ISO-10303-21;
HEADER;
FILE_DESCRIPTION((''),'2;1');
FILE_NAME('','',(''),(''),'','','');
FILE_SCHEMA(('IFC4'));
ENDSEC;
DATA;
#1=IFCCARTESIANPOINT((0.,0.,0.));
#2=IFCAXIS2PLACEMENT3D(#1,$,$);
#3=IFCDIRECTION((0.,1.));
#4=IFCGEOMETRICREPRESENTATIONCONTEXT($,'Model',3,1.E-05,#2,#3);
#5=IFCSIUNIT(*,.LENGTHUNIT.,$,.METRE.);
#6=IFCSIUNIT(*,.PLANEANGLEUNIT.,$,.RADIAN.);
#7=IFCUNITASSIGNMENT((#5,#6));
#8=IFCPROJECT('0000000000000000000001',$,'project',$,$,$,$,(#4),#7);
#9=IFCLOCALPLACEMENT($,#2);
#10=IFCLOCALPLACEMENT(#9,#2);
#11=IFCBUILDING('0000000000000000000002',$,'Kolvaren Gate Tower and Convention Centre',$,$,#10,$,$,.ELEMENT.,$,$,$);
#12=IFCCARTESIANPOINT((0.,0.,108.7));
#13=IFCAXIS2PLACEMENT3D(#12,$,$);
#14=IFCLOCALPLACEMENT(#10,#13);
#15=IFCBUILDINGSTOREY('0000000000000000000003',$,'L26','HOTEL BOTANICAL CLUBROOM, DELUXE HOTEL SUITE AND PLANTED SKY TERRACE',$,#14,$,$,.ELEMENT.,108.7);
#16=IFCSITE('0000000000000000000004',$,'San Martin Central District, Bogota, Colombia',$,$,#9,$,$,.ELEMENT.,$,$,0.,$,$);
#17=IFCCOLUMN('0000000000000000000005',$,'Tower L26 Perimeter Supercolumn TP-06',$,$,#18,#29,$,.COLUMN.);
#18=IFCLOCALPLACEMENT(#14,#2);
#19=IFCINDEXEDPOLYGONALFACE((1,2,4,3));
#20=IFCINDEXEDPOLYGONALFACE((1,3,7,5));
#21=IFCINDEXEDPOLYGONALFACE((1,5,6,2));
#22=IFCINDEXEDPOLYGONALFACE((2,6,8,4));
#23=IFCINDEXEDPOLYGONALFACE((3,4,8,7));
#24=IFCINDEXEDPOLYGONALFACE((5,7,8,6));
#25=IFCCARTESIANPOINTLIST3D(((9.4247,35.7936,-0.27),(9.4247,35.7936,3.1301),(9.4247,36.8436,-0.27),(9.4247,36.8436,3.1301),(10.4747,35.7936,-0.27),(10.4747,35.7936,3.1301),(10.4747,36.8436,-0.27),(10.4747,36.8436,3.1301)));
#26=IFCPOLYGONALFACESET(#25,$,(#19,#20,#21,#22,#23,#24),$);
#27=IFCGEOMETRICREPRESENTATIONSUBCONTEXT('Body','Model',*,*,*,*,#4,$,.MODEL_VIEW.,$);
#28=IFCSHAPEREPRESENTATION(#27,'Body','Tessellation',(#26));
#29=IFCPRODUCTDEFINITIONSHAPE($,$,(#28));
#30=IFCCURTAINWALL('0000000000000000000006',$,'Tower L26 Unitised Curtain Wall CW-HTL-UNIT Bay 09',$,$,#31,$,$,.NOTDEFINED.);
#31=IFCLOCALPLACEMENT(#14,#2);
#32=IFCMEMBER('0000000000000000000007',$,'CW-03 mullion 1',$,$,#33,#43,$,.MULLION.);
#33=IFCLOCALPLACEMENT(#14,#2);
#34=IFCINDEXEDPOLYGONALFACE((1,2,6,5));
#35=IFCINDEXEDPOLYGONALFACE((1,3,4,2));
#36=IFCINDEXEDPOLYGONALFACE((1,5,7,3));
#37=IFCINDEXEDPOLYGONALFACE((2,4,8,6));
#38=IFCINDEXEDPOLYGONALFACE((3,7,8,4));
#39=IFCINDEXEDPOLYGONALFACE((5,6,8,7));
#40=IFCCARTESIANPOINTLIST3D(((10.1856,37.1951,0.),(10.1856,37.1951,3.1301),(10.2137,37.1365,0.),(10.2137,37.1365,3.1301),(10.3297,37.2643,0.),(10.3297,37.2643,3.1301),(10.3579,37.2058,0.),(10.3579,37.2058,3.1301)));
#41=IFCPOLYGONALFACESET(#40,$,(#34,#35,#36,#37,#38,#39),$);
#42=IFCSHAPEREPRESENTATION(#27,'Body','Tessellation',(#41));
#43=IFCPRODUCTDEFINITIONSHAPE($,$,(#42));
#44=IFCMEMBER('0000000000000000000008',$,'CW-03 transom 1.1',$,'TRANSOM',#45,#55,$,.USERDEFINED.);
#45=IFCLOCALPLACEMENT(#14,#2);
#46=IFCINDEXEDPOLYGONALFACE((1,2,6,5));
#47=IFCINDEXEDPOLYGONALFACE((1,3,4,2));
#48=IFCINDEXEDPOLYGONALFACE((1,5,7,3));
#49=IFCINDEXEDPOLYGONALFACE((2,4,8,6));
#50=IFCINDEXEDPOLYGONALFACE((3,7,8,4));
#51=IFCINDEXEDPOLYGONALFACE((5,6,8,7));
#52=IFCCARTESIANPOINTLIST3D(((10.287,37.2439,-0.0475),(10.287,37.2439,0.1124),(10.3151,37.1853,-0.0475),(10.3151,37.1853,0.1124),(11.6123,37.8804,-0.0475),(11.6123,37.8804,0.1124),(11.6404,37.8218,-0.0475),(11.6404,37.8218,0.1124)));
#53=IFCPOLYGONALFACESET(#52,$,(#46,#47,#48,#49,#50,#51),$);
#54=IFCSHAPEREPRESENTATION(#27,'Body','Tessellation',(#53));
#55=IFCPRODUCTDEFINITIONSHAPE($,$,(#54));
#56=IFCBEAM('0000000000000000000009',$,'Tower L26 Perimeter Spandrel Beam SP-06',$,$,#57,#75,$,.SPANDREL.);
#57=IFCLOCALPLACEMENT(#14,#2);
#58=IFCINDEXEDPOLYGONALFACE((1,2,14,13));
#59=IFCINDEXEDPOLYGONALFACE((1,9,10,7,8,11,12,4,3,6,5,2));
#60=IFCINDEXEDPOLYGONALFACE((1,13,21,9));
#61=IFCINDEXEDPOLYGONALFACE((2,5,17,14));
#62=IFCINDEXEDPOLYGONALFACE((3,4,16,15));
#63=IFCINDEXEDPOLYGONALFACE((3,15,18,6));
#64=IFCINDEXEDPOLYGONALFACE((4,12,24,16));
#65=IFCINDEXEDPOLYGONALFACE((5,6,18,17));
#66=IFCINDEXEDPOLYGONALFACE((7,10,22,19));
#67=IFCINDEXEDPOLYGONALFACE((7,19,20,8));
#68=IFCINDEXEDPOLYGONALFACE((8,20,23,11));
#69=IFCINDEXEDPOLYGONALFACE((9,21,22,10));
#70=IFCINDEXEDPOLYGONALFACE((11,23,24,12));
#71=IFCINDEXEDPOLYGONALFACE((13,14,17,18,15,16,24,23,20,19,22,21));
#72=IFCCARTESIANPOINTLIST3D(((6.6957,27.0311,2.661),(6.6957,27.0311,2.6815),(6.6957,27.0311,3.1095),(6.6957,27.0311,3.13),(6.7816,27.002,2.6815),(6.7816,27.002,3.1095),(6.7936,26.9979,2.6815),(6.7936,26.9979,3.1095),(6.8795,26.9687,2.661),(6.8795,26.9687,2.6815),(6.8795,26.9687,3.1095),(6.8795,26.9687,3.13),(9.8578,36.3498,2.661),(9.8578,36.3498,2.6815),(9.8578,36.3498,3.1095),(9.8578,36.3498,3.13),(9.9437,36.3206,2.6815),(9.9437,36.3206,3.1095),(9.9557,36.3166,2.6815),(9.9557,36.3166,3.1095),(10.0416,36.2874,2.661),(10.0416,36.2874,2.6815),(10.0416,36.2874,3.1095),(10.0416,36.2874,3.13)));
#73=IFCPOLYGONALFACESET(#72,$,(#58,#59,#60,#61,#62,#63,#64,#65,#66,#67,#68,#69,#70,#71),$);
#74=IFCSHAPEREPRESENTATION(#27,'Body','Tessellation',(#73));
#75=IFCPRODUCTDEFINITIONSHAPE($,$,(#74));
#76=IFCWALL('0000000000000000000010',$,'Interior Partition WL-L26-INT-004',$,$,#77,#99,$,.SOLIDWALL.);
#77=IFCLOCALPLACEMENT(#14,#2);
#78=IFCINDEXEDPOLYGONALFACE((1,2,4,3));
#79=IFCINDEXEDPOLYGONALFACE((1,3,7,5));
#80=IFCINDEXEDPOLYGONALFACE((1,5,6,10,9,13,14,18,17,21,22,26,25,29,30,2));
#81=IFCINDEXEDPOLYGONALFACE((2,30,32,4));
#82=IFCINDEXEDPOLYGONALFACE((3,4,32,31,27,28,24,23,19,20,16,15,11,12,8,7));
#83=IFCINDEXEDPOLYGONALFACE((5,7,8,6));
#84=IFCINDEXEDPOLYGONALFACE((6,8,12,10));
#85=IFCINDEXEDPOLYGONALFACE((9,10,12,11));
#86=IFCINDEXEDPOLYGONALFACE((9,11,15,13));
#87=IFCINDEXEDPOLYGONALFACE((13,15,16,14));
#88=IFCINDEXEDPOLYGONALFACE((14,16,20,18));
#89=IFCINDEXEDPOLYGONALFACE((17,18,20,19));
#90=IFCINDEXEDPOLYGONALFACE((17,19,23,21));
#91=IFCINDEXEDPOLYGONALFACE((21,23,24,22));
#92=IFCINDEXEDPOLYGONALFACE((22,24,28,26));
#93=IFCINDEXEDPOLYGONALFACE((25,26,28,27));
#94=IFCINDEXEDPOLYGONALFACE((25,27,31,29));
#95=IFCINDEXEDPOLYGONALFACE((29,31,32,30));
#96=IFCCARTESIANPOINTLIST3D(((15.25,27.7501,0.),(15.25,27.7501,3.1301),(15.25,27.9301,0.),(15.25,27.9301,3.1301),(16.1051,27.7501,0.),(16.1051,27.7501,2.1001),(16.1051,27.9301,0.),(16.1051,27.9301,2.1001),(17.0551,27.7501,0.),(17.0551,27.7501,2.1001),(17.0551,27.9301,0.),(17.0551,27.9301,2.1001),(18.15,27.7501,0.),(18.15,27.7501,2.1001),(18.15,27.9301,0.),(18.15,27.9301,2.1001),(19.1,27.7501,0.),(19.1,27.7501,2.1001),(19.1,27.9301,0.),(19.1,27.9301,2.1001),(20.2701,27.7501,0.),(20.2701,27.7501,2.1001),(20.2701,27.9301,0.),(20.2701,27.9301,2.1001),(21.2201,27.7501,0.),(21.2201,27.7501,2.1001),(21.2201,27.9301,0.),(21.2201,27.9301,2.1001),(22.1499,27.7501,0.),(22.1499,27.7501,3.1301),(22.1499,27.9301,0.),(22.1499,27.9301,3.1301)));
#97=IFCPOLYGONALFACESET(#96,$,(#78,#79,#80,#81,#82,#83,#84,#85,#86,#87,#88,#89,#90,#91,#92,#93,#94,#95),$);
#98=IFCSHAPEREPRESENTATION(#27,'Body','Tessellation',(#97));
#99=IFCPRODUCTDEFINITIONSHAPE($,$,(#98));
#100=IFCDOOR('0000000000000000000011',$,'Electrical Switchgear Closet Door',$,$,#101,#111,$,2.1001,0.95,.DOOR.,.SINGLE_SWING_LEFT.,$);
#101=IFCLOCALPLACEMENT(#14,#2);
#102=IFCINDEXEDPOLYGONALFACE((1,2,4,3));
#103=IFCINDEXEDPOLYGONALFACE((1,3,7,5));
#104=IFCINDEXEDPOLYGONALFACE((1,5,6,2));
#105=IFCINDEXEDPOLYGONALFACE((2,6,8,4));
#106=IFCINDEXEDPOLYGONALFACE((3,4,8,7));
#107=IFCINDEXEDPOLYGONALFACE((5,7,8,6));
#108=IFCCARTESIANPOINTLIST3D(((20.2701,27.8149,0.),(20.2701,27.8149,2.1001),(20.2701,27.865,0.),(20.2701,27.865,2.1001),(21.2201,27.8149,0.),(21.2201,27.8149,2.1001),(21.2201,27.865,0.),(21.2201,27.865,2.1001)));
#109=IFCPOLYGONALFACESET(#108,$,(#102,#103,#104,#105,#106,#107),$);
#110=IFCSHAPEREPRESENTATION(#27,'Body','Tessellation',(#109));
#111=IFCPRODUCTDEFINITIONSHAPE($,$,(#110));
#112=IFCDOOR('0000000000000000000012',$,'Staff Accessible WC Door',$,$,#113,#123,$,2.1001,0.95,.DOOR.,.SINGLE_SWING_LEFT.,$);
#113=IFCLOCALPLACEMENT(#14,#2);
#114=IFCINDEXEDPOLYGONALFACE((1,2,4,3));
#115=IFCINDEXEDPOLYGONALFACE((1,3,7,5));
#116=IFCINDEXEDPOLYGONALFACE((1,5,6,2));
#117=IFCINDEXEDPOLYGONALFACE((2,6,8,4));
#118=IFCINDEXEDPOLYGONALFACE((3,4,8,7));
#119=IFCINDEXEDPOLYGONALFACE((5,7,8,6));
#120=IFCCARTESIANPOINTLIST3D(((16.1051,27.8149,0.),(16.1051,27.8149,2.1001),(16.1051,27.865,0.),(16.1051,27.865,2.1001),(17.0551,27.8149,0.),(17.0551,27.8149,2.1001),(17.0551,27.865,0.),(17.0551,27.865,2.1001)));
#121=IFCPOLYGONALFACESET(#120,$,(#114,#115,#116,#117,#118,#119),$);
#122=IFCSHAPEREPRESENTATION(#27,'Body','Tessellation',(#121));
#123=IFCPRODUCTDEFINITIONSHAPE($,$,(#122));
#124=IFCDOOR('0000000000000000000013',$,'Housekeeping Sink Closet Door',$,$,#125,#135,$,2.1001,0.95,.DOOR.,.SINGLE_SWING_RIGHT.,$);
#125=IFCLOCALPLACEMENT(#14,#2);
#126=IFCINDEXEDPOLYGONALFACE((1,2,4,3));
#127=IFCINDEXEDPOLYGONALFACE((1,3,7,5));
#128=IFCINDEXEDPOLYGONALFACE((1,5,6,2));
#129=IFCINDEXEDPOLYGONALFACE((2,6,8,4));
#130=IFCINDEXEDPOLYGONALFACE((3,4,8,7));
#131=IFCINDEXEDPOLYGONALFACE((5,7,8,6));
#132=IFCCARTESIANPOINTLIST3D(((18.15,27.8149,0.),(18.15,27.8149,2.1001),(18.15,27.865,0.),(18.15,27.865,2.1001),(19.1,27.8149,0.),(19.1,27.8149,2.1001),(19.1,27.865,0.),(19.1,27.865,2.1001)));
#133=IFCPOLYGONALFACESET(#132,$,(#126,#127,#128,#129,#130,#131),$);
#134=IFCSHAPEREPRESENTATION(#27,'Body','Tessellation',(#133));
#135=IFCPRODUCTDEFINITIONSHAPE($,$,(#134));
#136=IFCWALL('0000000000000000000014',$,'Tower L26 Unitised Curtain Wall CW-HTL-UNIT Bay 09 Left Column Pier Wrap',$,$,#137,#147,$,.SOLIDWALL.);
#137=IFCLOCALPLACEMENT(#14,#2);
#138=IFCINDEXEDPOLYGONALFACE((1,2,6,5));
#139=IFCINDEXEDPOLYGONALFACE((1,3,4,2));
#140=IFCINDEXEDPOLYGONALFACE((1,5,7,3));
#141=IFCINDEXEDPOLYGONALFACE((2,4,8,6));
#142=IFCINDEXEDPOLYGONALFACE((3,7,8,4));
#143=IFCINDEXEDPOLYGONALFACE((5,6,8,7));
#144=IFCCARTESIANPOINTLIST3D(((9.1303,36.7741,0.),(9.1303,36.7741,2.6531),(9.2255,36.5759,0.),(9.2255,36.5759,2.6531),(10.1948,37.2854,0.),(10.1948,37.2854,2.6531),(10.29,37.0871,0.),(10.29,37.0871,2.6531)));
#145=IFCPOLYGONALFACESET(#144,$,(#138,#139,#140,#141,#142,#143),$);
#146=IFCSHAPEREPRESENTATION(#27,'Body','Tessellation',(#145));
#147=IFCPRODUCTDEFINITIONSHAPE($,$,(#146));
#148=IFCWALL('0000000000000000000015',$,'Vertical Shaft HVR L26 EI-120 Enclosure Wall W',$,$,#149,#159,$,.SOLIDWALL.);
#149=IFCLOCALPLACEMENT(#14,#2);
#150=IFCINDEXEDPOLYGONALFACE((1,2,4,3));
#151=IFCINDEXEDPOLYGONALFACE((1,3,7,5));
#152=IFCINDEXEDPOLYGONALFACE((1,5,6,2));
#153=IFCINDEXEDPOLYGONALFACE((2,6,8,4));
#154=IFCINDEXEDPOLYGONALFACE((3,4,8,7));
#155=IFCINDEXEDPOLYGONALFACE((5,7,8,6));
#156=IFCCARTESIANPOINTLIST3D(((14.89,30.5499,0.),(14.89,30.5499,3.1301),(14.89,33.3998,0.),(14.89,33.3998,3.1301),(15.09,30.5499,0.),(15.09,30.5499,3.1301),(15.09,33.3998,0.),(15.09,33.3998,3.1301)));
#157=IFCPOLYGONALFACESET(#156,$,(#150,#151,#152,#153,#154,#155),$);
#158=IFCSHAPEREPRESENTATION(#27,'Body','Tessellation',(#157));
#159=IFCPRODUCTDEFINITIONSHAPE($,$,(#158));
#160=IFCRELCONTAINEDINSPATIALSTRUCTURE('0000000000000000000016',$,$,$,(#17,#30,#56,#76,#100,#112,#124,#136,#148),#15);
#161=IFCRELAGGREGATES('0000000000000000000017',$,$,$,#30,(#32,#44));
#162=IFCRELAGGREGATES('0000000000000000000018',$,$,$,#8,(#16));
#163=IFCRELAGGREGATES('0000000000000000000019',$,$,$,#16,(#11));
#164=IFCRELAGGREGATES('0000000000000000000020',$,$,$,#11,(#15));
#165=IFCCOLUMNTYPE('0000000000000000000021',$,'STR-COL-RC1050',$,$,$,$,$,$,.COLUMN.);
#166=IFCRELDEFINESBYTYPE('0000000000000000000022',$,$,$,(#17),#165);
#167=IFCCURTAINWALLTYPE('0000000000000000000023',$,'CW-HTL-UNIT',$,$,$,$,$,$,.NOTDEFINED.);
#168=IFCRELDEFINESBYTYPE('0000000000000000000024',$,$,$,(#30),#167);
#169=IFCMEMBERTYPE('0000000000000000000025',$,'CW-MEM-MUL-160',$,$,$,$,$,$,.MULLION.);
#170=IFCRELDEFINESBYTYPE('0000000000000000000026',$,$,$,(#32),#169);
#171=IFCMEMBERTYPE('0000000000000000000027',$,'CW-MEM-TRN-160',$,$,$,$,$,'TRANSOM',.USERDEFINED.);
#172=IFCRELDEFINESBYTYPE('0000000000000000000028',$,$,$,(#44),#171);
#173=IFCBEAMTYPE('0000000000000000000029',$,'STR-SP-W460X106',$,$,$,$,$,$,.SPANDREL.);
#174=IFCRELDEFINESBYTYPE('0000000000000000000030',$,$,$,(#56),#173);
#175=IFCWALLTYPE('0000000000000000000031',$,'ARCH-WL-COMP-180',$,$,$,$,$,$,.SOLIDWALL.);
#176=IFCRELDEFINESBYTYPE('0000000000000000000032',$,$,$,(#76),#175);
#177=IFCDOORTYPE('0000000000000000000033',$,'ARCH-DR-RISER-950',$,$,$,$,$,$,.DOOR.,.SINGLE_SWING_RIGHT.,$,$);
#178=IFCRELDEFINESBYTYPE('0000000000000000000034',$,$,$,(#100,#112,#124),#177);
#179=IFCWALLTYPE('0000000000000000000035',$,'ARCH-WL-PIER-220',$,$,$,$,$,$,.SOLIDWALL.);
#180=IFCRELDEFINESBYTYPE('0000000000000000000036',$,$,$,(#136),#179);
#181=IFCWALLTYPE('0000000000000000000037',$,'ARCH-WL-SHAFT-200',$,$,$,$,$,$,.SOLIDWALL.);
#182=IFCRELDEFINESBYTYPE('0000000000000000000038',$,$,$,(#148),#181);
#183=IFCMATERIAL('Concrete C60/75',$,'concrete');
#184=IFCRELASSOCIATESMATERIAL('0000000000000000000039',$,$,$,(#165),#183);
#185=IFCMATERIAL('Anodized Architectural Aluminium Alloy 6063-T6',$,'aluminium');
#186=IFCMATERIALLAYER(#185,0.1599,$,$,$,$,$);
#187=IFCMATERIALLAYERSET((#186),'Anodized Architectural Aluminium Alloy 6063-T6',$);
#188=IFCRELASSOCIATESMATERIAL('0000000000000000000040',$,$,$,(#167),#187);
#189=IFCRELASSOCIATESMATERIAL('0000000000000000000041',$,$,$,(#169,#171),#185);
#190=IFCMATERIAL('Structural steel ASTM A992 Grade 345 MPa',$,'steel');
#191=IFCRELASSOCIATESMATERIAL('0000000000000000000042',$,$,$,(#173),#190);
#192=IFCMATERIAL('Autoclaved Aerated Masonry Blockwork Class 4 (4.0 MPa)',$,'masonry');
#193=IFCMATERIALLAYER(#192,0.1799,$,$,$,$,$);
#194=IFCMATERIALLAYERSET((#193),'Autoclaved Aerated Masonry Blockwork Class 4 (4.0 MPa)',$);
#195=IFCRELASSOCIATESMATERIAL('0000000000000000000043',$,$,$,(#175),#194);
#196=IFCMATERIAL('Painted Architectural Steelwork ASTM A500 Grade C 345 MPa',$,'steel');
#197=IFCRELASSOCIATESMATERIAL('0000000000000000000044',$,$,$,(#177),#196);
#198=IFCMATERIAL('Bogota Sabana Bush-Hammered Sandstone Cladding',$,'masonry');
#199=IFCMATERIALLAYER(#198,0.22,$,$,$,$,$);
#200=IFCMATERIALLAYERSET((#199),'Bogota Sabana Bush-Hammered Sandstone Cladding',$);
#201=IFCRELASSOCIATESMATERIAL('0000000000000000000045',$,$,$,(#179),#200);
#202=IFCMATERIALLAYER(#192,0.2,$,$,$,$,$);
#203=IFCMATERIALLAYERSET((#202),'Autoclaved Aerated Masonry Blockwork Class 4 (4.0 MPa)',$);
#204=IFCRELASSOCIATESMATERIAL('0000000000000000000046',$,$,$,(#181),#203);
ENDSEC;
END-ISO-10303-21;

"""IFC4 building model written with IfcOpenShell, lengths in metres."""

from ifc_helpers import new_model, si_unit, direction, frame, frame_2d, origin, origin_2d, place, context, subcontext, project, spatial, rectangle, i_section, extrude, material, layer, layer_set, material_profile, profile_set, type_object, element, fill, aggregate, save


model = new_model("IFC4")

# Units and contexts
model_context = context("Model", 3, precision=1e-05, world=origin(), true_north=direction((0.0, 1.0)))
body_context = subcontext(model_context, "Body", "Model", "MODEL_VIEW")
ifc_project = project(units=[si_unit("LENGTHUNIT", "METRE"), si_unit("PLANEANGLEUNIT", "RADIAN")], contexts=[model_context])

# Site, building, storey
site_placement = place(None, origin())
site = spatial("IfcSite", under=ifc_project, at=site_placement, Name="San Martin Central District, Bogota, Colombia", CompositionType="ELEMENT", RefElevation=0.0)
building_placement = place(site_placement, origin())
building = spatial("IfcBuilding", under=site, at=building_placement, Name="Kolvaren Gate Tower and Convention Centre", CompositionType="ELEMENT")
storey_placement = place(building_placement, frame((0.0, 0.0, 108.7)))
storey = spatial("IfcBuildingStorey", under=building, at=storey_placement, Name="L26", Description="HOTEL BOTANICAL CLUBROOM, DELUXE HOTEL SUITE AND PLANTED SKY TERRACE", CompositionType="ELEMENT", Elevation=108.7)

# Column
ifc_material_1 = material(Name="Concrete C60/75", Category="concrete")
ifc_material_profile_1 = material_profile(ifc_material_1, rectangle(XDim=1.05, YDim=1.05, at=origin_2d()), Name="RC-COL-1050X1050")
ifc_profile_set_1 = profile_set([ifc_material_profile_1], Name="Concrete C60/75")
column_type = type_object("IfcColumnType", Name="STR-COL-RC1050", PredefinedType="COLUMN", material=ifc_profile_set_1)
column_placement = place(storey_placement, frame((9.9497, 36.3186, -0.27), z_axis=(0.0, 0.0, 1.0), x_axis=(1.0, 0.0, 0.0)))
element("IfcColumn", 1, at=column_placement, inside=storey, type_object=column_type, Name="Tower L26 Perimeter Supercolumn TP-06", PredefinedType="COLUMN", context=body_context, shape_type="SweptSolid", body=[
    extrude(rectangle(XDim=1.05, YDim=1.05, at=origin_2d()), origin(), (0.0, 0.0, 1.0), 3.4001),
])

# Curtain wall, members
ifc_material_2 = material(Name="Anodized Architectural Aluminium Alloy 6063-T6", Category="aluminium")
ifc_layer_1 = layer(ifc_material_2, 0.1599)
ifc_layer_set_1 = layer_set([ifc_layer_1], Name="Anodized Architectural Aluminium Alloy 6063-T6")
curtain_wall_type = type_object("IfcCurtainWallType", Name="CW-HTL-UNIT", PredefinedType="NOTDEFINED", material=ifc_layer_set_1)
curtain_wall_placement = place(storey_placement, origin())
curtain_wall = element("IfcCurtainWall", 2, at=curtain_wall_placement, inside=storey, type_object=curtain_wall_type, Name="Tower L26 Unitised Curtain Wall CW-HTL-UNIT Bay 09", PredefinedType="NOTDEFINED")
ifc_material_profile_2 = material_profile(ifc_material_2, rectangle(XDim=0.0649, YDim=0.1599, at=origin_2d()), Name="CW-MEM-MUL-160")
ifc_profile_set_2 = profile_set([ifc_material_profile_2], Name="Anodized Architectural Aluminium Alloy 6063-T6")
member_type_1 = type_object("IfcMemberType", Name="CW-MEM-MUL-160", PredefinedType="MULLION", material=ifc_profile_set_2)
member_1_placement = place(storey_placement, frame((10.2717, 37.2004, 0.0), z_axis=(0.0, 0.0, 1.0), x_axis=(-0.433073, 0.901359, 0.0)))
member_1 = element("IfcMember", 3, at=member_1_placement, type_object=member_type_1, Name="CW-03 mullion 1", PredefinedType="MULLION", context=body_context, shape_type="SweptSolid", body=[
    extrude(rectangle(XDim=0.0649, YDim=0.1599, at=origin_2d()), origin(), (0.0, 0.0, 1.0), 3.1301),
])
ifc_material_profile_3 = material_profile(ifc_material_2, rectangle(XDim=0.0649, YDim=0.1599, at=origin_2d()), Name="CW-MEM-TRN-160")
ifc_profile_set_3 = profile_set([ifc_material_profile_3], Name="Anodized Architectural Aluminium Alloy 6063-T6")
member_type_2 = type_object("IfcMemberType", Name="CW-MEM-TRN-160", ElementType="TRANSOM", PredefinedType="USERDEFINED", material=ifc_profile_set_3)
member_2_placement = place(storey_placement, frame((10.301, 37.2146, 0.0325), z_axis=(0.901422, 0.432942, 0.0), x_axis=(-0.432942, 0.901422, 0.0)))
member_2 = element("IfcMember", 4, at=member_2_placement, type_object=member_type_2, Name="CW-03 transom 1.1", ObjectType="TRANSOM", PredefinedType="USERDEFINED", context=body_context, shape_type="SweptSolid", body=[
    extrude(rectangle(XDim=0.0649, YDim=0.1599, at=origin_2d()), origin(), (0.0, 0.0, 1.0), 1.4702),
])
aggregate(curtain_wall, [member_1, member_2])

# Beam
ifc_material_3 = material(Name="Structural steel ASTM A992 Grade 345 MPa", Category="steel")
ifc_material_profile_4 = material_profile(ifc_material_3, i_section(OverallWidth=0.1941, OverallDepth=0.469, WebThickness=0.0127, FlangeThickness=0.0205, at=origin_2d()), Name="W460X106")
ifc_profile_set_4 = profile_set([ifc_material_profile_4], Name="Structural steel ASTM A992 Grade 345 MPa")
beam_type = type_object("IfcBeamType", Name="STR-SP-W460X106", PredefinedType="SPANDREL", material=ifc_profile_set_4)
beam_placement = place(storey_placement, frame((9.9497, 36.3186, 2.8955), z_axis=(-0.321336, -0.946965, 0.0), x_axis=(0.946965, -0.321336, 0.0)))
element("IfcBeam", 5, at=beam_placement, inside=storey, type_object=beam_type, Name="Tower L26 Perimeter Spandrel Beam SP-06", PredefinedType="SPANDREL", context=body_context, shape_type="SweptSolid", body=[
    extrude(i_section(OverallWidth=0.1941, OverallDepth=0.469, WebThickness=0.0127, FlangeThickness=0.0205, at=origin_2d()), origin(), (0.0, 0.0, 1.0), 9.8406),
])

# Wall, openings, doors
ifc_material_4 = material(Name="Autoclaved Aerated Masonry Blockwork Class 4 (4.0 MPa)", Category="masonry")
ifc_layer_2 = layer(ifc_material_4, 0.1799)
ifc_layer_set_2 = layer_set([ifc_layer_2], Name="Autoclaved Aerated Masonry Blockwork Class 4 (4.0 MPa)")
wall_type_1 = type_object("IfcWallType", Name="ARCH-WL-COMP-180", PredefinedType="SOLIDWALL", material=ifc_layer_set_2)
wall_1_placement = place(storey_placement, frame((15.25, 27.8401, 0.0), z_axis=(0.0, 0.0, 1.0), x_axis=(1.0, 0.0, 0.0)))
wall_1 = element("IfcWall", 6, at=wall_1_placement, inside=storey, type_object=wall_type_1, Name="Interior Partition WL-L26-INT-004", PredefinedType="SOLIDWALL", context=body_context, shape_type="SweptSolid", body=[
    extrude(rectangle(XDim=6.8999, YDim=0.1799, at=frame_2d((3.45, 0.0))), origin(), (0.0, 0.0, 1.0), 3.1301),
])
opening_1_placement = place(wall_1_placement, frame((5.02, 0.0, 0.0)))
opening_1 = element("IfcOpeningElement", 7, at=opening_1_placement, cuts=wall_1, PredefinedType="OPENING", context=body_context, shape_type="SweptSolid", body=[
    extrude(rectangle(XDim=0.95, YDim=2.1001, at=frame_2d((0.4751, 1.05))), frame((0.0, 0.0999, 0.0), z_axis=(0.0, -1.0, 0.0), x_axis=(1.0, 0.0, 0.0)), (0.0, 0.0, 1.0), 0.2),
])
opening_2_placement = place(wall_1_placement, frame((0.855, 0.0, 0.0)))
opening_2 = element("IfcOpeningElement", 8, at=opening_2_placement, cuts=wall_1, PredefinedType="OPENING", context=body_context, shape_type="SweptSolid", body=[
    extrude(rectangle(XDim=0.95, YDim=2.1001, at=frame_2d((0.4751, 1.05))), frame((0.0, 0.0999, 0.0), z_axis=(0.0, -1.0, 0.0), x_axis=(1.0, 0.0, 0.0)), (0.0, 0.0, 1.0), 0.2),
])
opening_3_placement = place(wall_1_placement, frame((2.8999, 0.0, 0.0)))
opening_3 = element("IfcOpeningElement", 9, at=opening_3_placement, cuts=wall_1, PredefinedType="OPENING", context=body_context, shape_type="SweptSolid", body=[
    extrude(rectangle(XDim=0.95, YDim=2.1001, at=frame_2d((0.4751, 1.05))), frame((0.0, 0.0999, 0.0), z_axis=(0.0, -1.0, 0.0), x_axis=(1.0, 0.0, 0.0)), (0.0, 0.0, 1.0), 0.2),
])
ifc_material_5 = material(Name="Painted Architectural Steelwork ASTM A500 Grade C 345 MPa", Category="steel")
door_type = type_object("IfcDoorType", Name="ARCH-DR-RISER-950", OperationType="SINGLE_SWING_RIGHT", PredefinedType="DOOR", material=ifc_material_5)
door_1_placement = place(opening_1_placement, origin())
door_1 = element("IfcDoor", 10, at=door_1_placement, inside=storey, type_object=door_type, Name="Electrical Switchgear Closet Door", OperationType="SINGLE_SWING_LEFT", OverallHeight=2.1001, OverallWidth=0.95, PredefinedType="DOOR", context=body_context, shape_type="SweptSolid", body=[
    extrude(rectangle(XDim=0.95, YDim=2.1001, at=frame_2d((0.4751, 1.05))), frame((0.0, 0.0249, 0.0), z_axis=(0.0, -1.0, 0.0), x_axis=(1.0, 0.0, 0.0)), (0.0, 0.0, 1.0), 0.05),
])
fill(opening_1, door_1)
door_2_placement = place(opening_2_placement, origin())
door_2 = element("IfcDoor", 11, at=door_2_placement, inside=storey, type_object=door_type, Name="Staff Accessible WC Door", OperationType="SINGLE_SWING_LEFT", OverallHeight=2.1001, OverallWidth=0.95, PredefinedType="DOOR", context=body_context, shape_type="SweptSolid", body=[
    extrude(rectangle(XDim=0.95, YDim=2.1001, at=frame_2d((0.4751, 1.05))), frame((0.0, 0.0249, 0.0), z_axis=(0.0, -1.0, 0.0), x_axis=(1.0, 0.0, 0.0)), (0.0, 0.0, 1.0), 0.05),
])
fill(opening_2, door_2)
door_3_placement = place(opening_3_placement, origin())
door_3 = element("IfcDoor", 12, at=door_3_placement, inside=storey, type_object=door_type, Name="Housekeeping Sink Closet Door", OperationType="SINGLE_SWING_RIGHT", OverallHeight=2.1001, OverallWidth=0.95, PredefinedType="DOOR", context=body_context, shape_type="SweptSolid", body=[
    extrude(rectangle(XDim=0.95, YDim=2.1001, at=frame_2d((0.4751, 1.05))), frame((0.0, 0.0249, 0.0), z_axis=(0.0, -1.0, 0.0), x_axis=(1.0, 0.0, 0.0)), (0.0, 0.0, 1.0), 0.05),
])
fill(opening_3, door_3)

# Walls
ifc_material_6 = material(Name="Bogota Sabana Bush-Hammered Sandstone Cladding", Category="masonry")
ifc_layer_3 = layer(ifc_material_6, 0.22)
ifc_layer_set_3 = layer_set([ifc_layer_3], Name="Bogota Sabana Bush-Hammered Sandstone Cladding")
wall_type_2 = type_object("IfcWallType", Name="ARCH-WL-PIER-220", PredefinedType="SOLIDWALL", material=ifc_layer_set_3)
wall_2_placement = place(storey_placement, frame((9.178, 36.675, 0.0), z_axis=(0.0, 0.0, 1.0), x_axis=(0.901426, 0.432933, 0.0)))
element("IfcWall", 13, at=wall_2_placement, inside=storey, type_object=wall_type_2, Name="Tower L26 Unitised Curtain Wall CW-HTL-UNIT Bay 09 Left Column Pier Wrap", PredefinedType="SOLIDWALL", context=body_context, shape_type="SweptSolid", body=[
    extrude(rectangle(XDim=1.1809, YDim=0.22, at=frame_2d((0.5903, 0.0))), origin(), (0.0, 0.0, 1.0), 2.6531),
])
ifc_layer_4 = layer(ifc_material_4, 0.2)
ifc_layer_set_4 = layer_set([ifc_layer_4], Name="Autoclaved Aerated Masonry Blockwork Class 4 (4.0 MPa)")
wall_type_3 = type_object("IfcWallType", Name="ARCH-WL-SHAFT-200", PredefinedType="SOLIDWALL", material=ifc_layer_set_4)
wall_3_placement = place(storey_placement, frame((14.99, 30.55, 0.0), z_axis=(0.0, 0.0, 1.0), x_axis=(0.0, 1.0, 0.0)))
element("IfcWall", 14, at=wall_3_placement, inside=storey, type_object=wall_type_3, Name="Vertical Shaft HVR L26 EI-120 Enclosure Wall W", PredefinedType="SOLIDWALL", context=body_context, shape_type="SweptSolid", body=[
    extrude(rectangle(XDim=2.8499, YDim=0.2, at=frame_2d((1.4248, 0.0))), origin(), (0.0, 0.0, 1.0), 3.1301),
])

save(model, "model.ifc")
